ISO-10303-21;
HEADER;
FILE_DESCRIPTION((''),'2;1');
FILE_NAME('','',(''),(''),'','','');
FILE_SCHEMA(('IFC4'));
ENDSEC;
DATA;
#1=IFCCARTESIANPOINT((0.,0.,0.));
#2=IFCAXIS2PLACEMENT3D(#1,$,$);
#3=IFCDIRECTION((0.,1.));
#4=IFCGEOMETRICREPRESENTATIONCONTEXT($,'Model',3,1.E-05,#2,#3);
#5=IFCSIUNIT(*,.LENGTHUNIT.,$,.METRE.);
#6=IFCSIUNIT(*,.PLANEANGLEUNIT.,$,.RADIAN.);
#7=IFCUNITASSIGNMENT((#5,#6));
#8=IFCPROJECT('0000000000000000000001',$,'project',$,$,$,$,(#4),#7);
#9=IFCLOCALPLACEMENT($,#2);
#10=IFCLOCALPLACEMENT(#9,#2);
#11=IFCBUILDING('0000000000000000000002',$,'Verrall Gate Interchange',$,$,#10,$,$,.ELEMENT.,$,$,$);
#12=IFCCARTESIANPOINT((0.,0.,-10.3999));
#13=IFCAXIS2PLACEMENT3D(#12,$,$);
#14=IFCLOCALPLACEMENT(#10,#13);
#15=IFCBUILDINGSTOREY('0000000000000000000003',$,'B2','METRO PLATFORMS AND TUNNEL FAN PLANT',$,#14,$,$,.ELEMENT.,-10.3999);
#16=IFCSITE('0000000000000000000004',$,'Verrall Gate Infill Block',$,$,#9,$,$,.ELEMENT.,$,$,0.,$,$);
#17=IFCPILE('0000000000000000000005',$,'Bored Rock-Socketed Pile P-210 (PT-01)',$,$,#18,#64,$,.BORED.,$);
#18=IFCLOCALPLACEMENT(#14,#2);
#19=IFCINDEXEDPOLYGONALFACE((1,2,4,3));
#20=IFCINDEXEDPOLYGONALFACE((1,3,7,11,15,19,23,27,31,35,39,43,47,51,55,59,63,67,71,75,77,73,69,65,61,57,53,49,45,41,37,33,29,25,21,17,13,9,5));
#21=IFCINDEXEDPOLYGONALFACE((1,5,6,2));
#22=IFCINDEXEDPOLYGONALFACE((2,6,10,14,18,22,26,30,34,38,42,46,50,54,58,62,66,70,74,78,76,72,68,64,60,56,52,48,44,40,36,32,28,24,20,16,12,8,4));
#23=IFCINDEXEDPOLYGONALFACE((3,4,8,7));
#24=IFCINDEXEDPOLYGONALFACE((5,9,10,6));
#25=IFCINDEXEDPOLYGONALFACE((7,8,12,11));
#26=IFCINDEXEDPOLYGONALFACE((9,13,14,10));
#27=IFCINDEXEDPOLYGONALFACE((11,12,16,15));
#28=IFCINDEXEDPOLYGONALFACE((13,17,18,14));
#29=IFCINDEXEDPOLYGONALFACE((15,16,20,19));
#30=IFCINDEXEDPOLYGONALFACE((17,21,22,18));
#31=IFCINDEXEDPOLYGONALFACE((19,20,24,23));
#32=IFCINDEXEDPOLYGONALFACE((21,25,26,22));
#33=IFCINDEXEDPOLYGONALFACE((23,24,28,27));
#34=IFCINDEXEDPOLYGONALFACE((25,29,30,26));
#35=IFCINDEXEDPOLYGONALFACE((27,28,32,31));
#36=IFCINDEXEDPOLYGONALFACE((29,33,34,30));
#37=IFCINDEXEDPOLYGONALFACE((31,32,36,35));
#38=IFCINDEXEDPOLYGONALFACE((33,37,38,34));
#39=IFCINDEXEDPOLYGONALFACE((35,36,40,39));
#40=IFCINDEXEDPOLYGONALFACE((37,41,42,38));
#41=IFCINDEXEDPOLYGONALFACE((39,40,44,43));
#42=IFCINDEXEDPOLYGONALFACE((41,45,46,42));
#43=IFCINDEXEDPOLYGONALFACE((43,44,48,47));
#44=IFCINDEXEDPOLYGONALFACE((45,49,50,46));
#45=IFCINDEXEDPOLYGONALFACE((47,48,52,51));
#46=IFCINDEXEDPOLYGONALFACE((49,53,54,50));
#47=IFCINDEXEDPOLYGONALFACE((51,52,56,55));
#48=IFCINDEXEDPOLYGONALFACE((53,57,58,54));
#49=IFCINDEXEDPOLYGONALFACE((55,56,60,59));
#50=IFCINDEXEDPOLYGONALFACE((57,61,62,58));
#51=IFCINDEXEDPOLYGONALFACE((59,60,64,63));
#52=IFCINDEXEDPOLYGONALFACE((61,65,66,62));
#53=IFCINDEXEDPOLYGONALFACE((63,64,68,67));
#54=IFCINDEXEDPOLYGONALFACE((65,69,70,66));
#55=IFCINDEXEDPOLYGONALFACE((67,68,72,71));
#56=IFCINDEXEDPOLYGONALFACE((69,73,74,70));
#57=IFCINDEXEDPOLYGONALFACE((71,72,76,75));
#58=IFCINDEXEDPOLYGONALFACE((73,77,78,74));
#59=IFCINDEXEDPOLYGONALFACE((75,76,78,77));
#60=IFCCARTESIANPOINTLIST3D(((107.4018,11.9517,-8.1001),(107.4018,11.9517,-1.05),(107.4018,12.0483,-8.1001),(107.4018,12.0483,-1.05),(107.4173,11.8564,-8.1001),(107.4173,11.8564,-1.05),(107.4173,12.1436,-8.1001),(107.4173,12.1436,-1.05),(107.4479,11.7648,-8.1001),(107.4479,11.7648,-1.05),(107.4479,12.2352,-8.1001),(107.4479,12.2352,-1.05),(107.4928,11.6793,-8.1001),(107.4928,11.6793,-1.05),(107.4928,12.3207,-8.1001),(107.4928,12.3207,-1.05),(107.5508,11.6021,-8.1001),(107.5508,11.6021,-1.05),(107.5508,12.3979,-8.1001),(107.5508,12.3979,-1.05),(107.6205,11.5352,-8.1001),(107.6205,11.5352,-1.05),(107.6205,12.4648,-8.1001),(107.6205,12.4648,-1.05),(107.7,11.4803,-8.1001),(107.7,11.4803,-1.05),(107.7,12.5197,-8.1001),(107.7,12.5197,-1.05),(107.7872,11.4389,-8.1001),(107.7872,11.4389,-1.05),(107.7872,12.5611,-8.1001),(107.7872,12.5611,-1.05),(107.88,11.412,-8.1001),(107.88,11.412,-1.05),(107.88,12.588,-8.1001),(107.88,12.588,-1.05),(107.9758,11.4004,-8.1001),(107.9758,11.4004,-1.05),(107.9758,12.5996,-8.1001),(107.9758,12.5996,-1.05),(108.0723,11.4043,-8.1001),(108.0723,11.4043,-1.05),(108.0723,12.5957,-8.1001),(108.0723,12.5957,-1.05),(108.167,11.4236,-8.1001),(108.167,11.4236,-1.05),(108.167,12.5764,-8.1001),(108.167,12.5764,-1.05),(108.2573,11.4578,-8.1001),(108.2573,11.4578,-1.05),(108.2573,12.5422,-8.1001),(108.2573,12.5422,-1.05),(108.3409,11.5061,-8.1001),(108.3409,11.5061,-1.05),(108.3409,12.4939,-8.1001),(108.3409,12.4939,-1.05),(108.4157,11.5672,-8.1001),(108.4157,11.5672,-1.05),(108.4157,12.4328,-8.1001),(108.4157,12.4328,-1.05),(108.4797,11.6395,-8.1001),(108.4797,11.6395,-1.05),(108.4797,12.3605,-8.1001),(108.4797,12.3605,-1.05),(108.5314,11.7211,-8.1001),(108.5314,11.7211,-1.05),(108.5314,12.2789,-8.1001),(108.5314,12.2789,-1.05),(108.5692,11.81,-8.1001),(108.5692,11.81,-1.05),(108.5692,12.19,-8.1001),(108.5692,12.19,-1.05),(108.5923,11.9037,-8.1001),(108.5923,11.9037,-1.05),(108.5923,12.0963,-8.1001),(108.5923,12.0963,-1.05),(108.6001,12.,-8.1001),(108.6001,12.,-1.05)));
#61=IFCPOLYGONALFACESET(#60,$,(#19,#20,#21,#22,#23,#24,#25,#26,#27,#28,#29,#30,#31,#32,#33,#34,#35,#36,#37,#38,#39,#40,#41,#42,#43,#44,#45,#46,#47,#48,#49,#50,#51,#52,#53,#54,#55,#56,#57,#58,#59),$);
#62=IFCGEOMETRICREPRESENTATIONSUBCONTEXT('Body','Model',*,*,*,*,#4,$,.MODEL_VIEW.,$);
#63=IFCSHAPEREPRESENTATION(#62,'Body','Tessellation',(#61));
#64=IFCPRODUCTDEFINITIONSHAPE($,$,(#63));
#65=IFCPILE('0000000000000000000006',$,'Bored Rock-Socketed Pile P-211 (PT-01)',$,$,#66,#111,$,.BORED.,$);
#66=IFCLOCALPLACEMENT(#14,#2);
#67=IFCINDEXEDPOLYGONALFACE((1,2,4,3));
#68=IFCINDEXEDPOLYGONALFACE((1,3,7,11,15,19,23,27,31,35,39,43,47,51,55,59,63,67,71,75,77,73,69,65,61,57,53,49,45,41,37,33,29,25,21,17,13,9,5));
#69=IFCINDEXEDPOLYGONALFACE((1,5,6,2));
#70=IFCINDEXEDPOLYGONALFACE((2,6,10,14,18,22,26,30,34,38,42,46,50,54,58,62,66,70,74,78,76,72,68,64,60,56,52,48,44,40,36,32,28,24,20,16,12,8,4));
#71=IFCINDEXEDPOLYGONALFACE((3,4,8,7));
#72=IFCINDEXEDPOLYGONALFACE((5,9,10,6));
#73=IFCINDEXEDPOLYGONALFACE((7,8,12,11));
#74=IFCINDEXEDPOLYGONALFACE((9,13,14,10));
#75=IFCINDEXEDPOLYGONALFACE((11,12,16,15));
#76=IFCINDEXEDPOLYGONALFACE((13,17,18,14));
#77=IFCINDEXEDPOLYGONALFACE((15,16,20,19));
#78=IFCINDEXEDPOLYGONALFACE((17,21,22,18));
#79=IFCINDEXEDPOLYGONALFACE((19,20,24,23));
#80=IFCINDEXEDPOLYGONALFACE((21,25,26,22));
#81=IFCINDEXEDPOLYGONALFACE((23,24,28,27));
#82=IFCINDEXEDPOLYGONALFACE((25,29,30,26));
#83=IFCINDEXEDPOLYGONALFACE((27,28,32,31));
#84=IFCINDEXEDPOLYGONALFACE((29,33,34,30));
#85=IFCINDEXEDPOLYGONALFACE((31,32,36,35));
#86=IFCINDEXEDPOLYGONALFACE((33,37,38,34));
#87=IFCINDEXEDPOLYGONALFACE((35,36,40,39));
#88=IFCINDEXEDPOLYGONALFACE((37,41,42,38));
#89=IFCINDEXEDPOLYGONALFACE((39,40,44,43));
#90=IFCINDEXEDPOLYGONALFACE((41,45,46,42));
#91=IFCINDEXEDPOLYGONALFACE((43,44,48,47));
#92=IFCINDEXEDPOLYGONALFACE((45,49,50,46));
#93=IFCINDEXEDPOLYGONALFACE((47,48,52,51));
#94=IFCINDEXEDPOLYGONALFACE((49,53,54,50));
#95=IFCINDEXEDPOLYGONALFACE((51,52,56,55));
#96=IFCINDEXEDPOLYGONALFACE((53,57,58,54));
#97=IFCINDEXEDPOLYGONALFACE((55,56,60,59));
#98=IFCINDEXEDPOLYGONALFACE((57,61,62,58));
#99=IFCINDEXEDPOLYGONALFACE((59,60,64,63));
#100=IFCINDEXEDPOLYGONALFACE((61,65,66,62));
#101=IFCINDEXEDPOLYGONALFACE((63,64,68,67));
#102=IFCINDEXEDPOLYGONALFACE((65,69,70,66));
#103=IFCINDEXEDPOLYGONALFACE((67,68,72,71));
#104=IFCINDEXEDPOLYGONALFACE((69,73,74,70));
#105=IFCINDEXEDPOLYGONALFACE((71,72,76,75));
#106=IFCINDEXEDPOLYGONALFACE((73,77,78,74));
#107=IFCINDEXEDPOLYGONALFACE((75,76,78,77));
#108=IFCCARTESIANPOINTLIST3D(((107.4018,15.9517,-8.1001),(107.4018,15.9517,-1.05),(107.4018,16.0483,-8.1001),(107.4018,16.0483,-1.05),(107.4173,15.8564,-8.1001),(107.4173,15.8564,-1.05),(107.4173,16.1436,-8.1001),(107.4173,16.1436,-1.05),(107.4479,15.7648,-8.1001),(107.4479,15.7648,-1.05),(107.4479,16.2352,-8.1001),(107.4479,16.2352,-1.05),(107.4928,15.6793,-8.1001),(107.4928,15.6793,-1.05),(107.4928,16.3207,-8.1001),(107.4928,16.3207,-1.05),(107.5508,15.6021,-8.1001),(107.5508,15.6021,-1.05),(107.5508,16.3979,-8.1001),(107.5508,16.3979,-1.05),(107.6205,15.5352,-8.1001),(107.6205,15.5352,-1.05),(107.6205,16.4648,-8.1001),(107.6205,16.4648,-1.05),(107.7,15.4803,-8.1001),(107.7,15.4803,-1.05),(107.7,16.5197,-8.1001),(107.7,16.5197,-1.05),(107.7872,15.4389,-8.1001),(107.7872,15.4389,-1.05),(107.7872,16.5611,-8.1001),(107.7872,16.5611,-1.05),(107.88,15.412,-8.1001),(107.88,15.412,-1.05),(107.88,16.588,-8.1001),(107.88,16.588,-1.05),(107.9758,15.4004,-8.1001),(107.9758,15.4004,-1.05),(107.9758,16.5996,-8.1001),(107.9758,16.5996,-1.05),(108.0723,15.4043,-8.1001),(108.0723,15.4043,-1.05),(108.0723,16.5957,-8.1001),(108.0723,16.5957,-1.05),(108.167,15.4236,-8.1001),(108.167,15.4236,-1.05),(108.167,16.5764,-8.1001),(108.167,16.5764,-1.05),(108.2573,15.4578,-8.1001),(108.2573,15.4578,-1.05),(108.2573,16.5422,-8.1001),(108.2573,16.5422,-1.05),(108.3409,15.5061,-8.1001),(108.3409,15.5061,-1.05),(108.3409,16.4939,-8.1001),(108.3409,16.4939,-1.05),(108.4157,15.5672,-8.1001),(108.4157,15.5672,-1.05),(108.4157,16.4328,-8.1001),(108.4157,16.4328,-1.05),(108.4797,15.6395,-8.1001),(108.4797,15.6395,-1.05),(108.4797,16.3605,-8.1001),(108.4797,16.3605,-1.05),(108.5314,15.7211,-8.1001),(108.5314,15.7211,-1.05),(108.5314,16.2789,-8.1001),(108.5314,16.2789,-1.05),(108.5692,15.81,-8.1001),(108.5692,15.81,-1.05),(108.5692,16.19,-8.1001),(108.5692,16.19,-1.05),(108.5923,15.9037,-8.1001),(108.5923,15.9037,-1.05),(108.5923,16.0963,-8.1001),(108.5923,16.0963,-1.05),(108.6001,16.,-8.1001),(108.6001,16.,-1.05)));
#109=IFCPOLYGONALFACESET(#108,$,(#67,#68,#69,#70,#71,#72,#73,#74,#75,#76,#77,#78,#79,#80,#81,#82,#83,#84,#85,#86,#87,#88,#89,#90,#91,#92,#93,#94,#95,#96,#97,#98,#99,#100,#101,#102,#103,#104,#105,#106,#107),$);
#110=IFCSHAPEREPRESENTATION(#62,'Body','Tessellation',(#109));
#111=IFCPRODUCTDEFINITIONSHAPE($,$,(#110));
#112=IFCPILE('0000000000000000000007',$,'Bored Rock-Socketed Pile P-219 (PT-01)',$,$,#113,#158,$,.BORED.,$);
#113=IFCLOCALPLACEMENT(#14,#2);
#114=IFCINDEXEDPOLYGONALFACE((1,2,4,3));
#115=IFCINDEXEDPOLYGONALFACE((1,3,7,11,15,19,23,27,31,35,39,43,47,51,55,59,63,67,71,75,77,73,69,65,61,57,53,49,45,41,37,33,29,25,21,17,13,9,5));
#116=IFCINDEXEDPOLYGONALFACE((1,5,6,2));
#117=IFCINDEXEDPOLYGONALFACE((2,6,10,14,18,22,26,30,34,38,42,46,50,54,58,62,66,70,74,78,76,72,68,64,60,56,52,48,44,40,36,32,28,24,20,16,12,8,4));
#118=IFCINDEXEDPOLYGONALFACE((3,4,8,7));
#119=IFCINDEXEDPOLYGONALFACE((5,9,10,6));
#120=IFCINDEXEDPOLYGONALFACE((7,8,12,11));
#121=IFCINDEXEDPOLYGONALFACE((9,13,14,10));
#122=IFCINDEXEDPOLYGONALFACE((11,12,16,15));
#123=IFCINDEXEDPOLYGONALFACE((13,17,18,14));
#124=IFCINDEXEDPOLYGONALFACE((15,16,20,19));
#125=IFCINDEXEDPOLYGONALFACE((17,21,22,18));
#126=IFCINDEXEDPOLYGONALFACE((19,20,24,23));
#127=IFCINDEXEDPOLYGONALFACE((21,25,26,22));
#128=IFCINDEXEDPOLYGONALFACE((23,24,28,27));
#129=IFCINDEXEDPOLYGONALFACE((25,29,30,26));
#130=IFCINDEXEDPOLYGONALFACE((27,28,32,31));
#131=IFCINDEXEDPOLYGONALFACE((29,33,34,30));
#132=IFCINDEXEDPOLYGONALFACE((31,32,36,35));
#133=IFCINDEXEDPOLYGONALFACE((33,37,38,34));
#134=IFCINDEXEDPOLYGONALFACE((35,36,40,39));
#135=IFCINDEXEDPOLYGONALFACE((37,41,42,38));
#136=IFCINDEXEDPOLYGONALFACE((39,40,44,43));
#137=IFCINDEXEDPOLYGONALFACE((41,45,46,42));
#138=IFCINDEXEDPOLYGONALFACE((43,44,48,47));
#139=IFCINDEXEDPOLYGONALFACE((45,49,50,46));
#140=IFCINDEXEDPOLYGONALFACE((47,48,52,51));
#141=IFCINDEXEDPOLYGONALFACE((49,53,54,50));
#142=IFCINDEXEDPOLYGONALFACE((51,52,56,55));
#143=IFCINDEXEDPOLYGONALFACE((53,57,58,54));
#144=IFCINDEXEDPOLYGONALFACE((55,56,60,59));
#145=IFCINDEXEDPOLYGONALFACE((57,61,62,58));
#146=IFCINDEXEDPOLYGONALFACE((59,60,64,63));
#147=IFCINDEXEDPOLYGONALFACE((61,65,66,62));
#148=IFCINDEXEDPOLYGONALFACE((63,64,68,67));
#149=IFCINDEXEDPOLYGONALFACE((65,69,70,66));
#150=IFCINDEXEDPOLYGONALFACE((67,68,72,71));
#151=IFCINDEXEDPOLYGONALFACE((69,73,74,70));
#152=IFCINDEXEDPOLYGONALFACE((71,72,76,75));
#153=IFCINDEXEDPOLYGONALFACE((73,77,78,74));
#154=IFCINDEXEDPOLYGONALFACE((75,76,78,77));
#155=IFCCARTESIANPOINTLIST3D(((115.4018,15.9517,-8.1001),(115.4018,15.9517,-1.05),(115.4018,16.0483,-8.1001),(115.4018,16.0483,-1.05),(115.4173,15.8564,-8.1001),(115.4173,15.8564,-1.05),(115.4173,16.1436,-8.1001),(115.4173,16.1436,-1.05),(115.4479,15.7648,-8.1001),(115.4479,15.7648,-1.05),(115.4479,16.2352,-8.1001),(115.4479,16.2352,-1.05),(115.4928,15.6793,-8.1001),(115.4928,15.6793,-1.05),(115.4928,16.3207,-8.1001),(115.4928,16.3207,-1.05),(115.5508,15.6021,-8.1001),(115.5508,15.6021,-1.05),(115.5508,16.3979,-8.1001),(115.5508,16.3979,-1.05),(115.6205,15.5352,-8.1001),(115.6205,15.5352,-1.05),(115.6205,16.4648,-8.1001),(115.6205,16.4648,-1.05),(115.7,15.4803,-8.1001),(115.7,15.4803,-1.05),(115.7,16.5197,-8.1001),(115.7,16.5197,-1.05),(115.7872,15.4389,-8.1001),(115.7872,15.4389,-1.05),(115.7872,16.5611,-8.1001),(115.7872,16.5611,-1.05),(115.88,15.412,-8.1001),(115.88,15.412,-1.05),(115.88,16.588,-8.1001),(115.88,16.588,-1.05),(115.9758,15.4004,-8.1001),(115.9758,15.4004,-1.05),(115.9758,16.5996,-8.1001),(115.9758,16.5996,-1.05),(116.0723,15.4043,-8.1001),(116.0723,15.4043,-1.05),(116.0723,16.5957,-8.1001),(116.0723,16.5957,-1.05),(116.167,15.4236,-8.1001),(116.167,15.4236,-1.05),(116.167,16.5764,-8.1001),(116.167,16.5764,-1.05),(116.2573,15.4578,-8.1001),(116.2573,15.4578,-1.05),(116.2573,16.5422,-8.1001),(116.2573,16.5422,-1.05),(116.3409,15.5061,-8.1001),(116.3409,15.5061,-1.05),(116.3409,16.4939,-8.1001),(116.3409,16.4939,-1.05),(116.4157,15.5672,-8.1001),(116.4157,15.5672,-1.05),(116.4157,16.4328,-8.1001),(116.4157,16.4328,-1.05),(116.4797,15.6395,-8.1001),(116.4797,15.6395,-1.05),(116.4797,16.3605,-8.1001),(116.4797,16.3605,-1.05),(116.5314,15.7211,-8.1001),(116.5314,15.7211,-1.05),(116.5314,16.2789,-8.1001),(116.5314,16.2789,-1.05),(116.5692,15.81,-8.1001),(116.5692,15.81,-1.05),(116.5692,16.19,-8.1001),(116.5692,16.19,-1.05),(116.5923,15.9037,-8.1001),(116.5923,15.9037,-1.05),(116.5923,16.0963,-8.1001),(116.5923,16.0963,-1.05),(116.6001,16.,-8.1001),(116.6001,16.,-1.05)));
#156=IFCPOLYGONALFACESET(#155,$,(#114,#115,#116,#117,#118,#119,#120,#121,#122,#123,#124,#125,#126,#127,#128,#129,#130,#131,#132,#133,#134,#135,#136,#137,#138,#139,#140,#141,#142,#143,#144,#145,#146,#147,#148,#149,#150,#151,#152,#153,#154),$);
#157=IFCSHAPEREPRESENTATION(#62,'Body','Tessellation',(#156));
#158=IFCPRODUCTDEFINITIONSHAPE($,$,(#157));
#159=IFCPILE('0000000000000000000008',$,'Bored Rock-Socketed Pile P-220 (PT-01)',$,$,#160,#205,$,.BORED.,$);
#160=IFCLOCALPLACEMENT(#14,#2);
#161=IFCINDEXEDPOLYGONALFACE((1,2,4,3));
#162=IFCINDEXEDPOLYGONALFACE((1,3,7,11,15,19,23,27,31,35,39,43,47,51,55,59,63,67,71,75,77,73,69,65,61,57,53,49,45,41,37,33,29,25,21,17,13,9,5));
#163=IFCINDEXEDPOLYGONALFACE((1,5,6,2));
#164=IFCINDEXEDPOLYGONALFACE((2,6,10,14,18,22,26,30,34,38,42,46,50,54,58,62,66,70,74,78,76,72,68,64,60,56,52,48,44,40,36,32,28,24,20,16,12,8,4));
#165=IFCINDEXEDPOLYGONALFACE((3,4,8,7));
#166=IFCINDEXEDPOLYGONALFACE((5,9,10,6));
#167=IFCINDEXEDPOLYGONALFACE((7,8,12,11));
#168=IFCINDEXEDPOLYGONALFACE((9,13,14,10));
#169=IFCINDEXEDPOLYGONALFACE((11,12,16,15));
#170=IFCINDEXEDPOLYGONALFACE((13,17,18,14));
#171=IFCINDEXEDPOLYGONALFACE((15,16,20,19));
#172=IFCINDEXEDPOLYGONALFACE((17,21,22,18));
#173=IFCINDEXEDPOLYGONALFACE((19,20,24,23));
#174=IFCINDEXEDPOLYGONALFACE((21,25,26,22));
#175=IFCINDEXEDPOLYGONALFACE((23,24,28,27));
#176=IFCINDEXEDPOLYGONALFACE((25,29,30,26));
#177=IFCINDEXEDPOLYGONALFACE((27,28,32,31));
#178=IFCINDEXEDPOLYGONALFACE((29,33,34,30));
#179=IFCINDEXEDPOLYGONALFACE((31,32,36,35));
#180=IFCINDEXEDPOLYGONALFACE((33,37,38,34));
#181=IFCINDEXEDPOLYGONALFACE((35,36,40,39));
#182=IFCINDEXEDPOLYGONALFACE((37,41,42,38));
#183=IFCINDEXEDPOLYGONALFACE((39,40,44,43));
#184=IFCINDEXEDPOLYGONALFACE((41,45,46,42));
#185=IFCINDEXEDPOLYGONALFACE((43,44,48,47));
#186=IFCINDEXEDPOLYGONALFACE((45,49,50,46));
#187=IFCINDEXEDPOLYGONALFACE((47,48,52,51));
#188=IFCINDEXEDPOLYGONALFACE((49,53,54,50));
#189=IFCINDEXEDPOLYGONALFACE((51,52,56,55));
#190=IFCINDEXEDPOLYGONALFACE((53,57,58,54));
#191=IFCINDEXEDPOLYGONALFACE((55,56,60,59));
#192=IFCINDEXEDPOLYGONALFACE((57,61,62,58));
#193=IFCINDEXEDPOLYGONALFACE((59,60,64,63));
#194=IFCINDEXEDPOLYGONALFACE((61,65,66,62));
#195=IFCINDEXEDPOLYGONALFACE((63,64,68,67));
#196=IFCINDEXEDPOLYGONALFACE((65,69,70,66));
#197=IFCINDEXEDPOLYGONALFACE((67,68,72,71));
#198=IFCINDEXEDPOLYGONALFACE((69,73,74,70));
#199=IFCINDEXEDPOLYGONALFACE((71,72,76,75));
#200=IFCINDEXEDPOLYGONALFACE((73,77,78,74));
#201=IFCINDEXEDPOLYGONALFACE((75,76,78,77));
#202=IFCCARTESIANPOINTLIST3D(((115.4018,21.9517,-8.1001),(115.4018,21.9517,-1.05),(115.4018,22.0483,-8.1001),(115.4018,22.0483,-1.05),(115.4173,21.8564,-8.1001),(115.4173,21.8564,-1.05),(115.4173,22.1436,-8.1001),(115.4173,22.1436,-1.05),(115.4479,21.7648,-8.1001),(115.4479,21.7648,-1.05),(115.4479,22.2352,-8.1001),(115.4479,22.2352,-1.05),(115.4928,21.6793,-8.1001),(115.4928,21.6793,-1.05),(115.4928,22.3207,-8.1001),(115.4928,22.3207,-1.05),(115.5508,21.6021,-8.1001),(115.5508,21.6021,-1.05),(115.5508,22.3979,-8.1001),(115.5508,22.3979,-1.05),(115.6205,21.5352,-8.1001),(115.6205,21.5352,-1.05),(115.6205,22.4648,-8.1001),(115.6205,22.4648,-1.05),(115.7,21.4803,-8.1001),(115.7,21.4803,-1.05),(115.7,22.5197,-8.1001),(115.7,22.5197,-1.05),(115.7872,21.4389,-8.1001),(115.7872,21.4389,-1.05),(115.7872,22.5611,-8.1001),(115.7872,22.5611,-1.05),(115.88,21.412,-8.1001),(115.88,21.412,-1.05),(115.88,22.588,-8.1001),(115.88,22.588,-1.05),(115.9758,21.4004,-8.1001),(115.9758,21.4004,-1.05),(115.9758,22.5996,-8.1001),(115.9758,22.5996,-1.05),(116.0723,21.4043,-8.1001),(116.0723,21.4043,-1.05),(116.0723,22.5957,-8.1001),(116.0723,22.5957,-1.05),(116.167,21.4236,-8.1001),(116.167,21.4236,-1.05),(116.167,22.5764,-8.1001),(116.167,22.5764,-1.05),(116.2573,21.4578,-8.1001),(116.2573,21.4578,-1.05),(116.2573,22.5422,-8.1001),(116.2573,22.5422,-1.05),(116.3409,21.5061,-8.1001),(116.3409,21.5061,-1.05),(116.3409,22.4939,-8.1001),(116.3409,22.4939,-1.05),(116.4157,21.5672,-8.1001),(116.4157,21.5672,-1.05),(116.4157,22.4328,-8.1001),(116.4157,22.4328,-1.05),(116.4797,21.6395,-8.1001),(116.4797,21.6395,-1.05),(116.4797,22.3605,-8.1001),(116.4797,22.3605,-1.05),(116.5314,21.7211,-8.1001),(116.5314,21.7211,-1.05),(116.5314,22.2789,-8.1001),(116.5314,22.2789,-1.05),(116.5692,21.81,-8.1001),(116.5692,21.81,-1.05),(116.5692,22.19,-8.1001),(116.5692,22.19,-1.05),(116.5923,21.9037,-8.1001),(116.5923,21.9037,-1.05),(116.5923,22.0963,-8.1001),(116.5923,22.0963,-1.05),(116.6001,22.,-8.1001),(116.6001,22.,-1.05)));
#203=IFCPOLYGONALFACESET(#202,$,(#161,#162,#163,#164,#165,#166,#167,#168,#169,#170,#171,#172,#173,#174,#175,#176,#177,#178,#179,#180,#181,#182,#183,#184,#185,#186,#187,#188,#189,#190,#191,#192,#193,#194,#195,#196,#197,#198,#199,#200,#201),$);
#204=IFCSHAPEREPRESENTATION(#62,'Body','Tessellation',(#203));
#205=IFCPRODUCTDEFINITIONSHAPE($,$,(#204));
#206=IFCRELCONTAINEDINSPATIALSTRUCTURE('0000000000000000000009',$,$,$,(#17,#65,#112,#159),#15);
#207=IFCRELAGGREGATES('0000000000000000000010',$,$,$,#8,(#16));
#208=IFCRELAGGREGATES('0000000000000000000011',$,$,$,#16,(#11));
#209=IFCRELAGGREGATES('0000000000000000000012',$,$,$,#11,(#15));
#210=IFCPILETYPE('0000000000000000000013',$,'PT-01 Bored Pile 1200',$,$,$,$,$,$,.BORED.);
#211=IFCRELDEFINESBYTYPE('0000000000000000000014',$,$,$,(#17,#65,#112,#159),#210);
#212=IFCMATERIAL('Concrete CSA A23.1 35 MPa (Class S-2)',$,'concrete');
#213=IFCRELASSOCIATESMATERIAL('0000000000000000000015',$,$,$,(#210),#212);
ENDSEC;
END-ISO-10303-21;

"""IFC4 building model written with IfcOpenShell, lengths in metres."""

from ifc_helpers import new_model, si_unit, direction, frame, origin, origin_2d, place, context, subcontext, project, spatial, circle, extrude, material, material_profile, profile_set, type_object, element, save


model = new_model("IFC4")

# Units and contexts
model_context = context("Model", 3, precision=1e-05, world=origin(), true_north=direction((0.0, 1.0)))
body_context = subcontext(model_context, "Body", "Model", "MODEL_VIEW")
ifc_project = project(units=[si_unit("LENGTHUNIT", "METRE"), si_unit("PLANEANGLEUNIT", "RADIAN")], contexts=[model_context])

# Site, building, storey
site_placement = place(None, origin())
site = spatial("IfcSite", under=ifc_project, at=site_placement, Name="Verrall Gate Infill Block", CompositionType="ELEMENT", RefElevation=0.0)
building_placement = place(site_placement, origin())
building = spatial("IfcBuilding", under=site, at=building_placement, Name="Verrall Gate Interchange", CompositionType="ELEMENT")
storey_placement = place(building_placement, frame((0.0, 0.0, -10.3999)))
storey = spatial("IfcBuildingStorey", under=building, at=storey_placement, Name="B2", Description="METRO PLATFORMS AND TUNNEL FAN PLANT", CompositionType="ELEMENT", Elevation=-10.3999)

# Piles
ifc_material_1 = material(Name="Concrete CSA A23.1 35 MPa (Class S-2)", Category="concrete")
ifc_material_profile_1 = material_profile(ifc_material_1, circle(Radius=0.6001, at=origin_2d()), Name="PILE1200D")
ifc_profile_set_1 = profile_set([ifc_material_profile_1], Name="Concrete CSA A23.1 35 MPa (Class S-2)")
pile_type_1 = type_object("IfcPileType", Name="PT-01 Bored Pile 1200", PredefinedType="BORED", material=ifc_profile_set_1)
for number, where, z_axis, x_axis, name in (
    (1, (108.0, 12.0, -1.05), (0.0, 0.0, -1.0), (1.0, 0.0, 0.0), "Bored Rock-Socketed Pile P-210 (PT-01)"),
    (2, (108.0, 16.0, -1.05), (0.0, 0.0, -1.0), (1.0, 0.0, 0.0), "Bored Rock-Socketed Pile P-211 (PT-01)"),
    (3, (116.0, 16.0, -1.05), (0.0, 0.0, -1.0), (1.0, 0.0, 0.0), "Bored Rock-Socketed Pile P-219 (PT-01)"),
    (4, (116.0, 22.0, -1.05), (0.0, 0.0, -1.0), (1.0, 0.0, 0.0), "Bored Rock-Socketed Pile P-220 (PT-01)"),
):
    element("IfcPile", number, at=place(storey_placement, frame(where, z_axis=z_axis, x_axis=x_axis)), inside=storey, type_object=pile_type_1, Name=name, PredefinedType="BORED", context=body_context, shape_type="SweptSolid", body=[
        extrude(circle(Radius=0.6001, at=origin_2d()), origin(), (0.0, 0.0, 1.0), 7.05),
    ])

save(model, "model.ifc")
